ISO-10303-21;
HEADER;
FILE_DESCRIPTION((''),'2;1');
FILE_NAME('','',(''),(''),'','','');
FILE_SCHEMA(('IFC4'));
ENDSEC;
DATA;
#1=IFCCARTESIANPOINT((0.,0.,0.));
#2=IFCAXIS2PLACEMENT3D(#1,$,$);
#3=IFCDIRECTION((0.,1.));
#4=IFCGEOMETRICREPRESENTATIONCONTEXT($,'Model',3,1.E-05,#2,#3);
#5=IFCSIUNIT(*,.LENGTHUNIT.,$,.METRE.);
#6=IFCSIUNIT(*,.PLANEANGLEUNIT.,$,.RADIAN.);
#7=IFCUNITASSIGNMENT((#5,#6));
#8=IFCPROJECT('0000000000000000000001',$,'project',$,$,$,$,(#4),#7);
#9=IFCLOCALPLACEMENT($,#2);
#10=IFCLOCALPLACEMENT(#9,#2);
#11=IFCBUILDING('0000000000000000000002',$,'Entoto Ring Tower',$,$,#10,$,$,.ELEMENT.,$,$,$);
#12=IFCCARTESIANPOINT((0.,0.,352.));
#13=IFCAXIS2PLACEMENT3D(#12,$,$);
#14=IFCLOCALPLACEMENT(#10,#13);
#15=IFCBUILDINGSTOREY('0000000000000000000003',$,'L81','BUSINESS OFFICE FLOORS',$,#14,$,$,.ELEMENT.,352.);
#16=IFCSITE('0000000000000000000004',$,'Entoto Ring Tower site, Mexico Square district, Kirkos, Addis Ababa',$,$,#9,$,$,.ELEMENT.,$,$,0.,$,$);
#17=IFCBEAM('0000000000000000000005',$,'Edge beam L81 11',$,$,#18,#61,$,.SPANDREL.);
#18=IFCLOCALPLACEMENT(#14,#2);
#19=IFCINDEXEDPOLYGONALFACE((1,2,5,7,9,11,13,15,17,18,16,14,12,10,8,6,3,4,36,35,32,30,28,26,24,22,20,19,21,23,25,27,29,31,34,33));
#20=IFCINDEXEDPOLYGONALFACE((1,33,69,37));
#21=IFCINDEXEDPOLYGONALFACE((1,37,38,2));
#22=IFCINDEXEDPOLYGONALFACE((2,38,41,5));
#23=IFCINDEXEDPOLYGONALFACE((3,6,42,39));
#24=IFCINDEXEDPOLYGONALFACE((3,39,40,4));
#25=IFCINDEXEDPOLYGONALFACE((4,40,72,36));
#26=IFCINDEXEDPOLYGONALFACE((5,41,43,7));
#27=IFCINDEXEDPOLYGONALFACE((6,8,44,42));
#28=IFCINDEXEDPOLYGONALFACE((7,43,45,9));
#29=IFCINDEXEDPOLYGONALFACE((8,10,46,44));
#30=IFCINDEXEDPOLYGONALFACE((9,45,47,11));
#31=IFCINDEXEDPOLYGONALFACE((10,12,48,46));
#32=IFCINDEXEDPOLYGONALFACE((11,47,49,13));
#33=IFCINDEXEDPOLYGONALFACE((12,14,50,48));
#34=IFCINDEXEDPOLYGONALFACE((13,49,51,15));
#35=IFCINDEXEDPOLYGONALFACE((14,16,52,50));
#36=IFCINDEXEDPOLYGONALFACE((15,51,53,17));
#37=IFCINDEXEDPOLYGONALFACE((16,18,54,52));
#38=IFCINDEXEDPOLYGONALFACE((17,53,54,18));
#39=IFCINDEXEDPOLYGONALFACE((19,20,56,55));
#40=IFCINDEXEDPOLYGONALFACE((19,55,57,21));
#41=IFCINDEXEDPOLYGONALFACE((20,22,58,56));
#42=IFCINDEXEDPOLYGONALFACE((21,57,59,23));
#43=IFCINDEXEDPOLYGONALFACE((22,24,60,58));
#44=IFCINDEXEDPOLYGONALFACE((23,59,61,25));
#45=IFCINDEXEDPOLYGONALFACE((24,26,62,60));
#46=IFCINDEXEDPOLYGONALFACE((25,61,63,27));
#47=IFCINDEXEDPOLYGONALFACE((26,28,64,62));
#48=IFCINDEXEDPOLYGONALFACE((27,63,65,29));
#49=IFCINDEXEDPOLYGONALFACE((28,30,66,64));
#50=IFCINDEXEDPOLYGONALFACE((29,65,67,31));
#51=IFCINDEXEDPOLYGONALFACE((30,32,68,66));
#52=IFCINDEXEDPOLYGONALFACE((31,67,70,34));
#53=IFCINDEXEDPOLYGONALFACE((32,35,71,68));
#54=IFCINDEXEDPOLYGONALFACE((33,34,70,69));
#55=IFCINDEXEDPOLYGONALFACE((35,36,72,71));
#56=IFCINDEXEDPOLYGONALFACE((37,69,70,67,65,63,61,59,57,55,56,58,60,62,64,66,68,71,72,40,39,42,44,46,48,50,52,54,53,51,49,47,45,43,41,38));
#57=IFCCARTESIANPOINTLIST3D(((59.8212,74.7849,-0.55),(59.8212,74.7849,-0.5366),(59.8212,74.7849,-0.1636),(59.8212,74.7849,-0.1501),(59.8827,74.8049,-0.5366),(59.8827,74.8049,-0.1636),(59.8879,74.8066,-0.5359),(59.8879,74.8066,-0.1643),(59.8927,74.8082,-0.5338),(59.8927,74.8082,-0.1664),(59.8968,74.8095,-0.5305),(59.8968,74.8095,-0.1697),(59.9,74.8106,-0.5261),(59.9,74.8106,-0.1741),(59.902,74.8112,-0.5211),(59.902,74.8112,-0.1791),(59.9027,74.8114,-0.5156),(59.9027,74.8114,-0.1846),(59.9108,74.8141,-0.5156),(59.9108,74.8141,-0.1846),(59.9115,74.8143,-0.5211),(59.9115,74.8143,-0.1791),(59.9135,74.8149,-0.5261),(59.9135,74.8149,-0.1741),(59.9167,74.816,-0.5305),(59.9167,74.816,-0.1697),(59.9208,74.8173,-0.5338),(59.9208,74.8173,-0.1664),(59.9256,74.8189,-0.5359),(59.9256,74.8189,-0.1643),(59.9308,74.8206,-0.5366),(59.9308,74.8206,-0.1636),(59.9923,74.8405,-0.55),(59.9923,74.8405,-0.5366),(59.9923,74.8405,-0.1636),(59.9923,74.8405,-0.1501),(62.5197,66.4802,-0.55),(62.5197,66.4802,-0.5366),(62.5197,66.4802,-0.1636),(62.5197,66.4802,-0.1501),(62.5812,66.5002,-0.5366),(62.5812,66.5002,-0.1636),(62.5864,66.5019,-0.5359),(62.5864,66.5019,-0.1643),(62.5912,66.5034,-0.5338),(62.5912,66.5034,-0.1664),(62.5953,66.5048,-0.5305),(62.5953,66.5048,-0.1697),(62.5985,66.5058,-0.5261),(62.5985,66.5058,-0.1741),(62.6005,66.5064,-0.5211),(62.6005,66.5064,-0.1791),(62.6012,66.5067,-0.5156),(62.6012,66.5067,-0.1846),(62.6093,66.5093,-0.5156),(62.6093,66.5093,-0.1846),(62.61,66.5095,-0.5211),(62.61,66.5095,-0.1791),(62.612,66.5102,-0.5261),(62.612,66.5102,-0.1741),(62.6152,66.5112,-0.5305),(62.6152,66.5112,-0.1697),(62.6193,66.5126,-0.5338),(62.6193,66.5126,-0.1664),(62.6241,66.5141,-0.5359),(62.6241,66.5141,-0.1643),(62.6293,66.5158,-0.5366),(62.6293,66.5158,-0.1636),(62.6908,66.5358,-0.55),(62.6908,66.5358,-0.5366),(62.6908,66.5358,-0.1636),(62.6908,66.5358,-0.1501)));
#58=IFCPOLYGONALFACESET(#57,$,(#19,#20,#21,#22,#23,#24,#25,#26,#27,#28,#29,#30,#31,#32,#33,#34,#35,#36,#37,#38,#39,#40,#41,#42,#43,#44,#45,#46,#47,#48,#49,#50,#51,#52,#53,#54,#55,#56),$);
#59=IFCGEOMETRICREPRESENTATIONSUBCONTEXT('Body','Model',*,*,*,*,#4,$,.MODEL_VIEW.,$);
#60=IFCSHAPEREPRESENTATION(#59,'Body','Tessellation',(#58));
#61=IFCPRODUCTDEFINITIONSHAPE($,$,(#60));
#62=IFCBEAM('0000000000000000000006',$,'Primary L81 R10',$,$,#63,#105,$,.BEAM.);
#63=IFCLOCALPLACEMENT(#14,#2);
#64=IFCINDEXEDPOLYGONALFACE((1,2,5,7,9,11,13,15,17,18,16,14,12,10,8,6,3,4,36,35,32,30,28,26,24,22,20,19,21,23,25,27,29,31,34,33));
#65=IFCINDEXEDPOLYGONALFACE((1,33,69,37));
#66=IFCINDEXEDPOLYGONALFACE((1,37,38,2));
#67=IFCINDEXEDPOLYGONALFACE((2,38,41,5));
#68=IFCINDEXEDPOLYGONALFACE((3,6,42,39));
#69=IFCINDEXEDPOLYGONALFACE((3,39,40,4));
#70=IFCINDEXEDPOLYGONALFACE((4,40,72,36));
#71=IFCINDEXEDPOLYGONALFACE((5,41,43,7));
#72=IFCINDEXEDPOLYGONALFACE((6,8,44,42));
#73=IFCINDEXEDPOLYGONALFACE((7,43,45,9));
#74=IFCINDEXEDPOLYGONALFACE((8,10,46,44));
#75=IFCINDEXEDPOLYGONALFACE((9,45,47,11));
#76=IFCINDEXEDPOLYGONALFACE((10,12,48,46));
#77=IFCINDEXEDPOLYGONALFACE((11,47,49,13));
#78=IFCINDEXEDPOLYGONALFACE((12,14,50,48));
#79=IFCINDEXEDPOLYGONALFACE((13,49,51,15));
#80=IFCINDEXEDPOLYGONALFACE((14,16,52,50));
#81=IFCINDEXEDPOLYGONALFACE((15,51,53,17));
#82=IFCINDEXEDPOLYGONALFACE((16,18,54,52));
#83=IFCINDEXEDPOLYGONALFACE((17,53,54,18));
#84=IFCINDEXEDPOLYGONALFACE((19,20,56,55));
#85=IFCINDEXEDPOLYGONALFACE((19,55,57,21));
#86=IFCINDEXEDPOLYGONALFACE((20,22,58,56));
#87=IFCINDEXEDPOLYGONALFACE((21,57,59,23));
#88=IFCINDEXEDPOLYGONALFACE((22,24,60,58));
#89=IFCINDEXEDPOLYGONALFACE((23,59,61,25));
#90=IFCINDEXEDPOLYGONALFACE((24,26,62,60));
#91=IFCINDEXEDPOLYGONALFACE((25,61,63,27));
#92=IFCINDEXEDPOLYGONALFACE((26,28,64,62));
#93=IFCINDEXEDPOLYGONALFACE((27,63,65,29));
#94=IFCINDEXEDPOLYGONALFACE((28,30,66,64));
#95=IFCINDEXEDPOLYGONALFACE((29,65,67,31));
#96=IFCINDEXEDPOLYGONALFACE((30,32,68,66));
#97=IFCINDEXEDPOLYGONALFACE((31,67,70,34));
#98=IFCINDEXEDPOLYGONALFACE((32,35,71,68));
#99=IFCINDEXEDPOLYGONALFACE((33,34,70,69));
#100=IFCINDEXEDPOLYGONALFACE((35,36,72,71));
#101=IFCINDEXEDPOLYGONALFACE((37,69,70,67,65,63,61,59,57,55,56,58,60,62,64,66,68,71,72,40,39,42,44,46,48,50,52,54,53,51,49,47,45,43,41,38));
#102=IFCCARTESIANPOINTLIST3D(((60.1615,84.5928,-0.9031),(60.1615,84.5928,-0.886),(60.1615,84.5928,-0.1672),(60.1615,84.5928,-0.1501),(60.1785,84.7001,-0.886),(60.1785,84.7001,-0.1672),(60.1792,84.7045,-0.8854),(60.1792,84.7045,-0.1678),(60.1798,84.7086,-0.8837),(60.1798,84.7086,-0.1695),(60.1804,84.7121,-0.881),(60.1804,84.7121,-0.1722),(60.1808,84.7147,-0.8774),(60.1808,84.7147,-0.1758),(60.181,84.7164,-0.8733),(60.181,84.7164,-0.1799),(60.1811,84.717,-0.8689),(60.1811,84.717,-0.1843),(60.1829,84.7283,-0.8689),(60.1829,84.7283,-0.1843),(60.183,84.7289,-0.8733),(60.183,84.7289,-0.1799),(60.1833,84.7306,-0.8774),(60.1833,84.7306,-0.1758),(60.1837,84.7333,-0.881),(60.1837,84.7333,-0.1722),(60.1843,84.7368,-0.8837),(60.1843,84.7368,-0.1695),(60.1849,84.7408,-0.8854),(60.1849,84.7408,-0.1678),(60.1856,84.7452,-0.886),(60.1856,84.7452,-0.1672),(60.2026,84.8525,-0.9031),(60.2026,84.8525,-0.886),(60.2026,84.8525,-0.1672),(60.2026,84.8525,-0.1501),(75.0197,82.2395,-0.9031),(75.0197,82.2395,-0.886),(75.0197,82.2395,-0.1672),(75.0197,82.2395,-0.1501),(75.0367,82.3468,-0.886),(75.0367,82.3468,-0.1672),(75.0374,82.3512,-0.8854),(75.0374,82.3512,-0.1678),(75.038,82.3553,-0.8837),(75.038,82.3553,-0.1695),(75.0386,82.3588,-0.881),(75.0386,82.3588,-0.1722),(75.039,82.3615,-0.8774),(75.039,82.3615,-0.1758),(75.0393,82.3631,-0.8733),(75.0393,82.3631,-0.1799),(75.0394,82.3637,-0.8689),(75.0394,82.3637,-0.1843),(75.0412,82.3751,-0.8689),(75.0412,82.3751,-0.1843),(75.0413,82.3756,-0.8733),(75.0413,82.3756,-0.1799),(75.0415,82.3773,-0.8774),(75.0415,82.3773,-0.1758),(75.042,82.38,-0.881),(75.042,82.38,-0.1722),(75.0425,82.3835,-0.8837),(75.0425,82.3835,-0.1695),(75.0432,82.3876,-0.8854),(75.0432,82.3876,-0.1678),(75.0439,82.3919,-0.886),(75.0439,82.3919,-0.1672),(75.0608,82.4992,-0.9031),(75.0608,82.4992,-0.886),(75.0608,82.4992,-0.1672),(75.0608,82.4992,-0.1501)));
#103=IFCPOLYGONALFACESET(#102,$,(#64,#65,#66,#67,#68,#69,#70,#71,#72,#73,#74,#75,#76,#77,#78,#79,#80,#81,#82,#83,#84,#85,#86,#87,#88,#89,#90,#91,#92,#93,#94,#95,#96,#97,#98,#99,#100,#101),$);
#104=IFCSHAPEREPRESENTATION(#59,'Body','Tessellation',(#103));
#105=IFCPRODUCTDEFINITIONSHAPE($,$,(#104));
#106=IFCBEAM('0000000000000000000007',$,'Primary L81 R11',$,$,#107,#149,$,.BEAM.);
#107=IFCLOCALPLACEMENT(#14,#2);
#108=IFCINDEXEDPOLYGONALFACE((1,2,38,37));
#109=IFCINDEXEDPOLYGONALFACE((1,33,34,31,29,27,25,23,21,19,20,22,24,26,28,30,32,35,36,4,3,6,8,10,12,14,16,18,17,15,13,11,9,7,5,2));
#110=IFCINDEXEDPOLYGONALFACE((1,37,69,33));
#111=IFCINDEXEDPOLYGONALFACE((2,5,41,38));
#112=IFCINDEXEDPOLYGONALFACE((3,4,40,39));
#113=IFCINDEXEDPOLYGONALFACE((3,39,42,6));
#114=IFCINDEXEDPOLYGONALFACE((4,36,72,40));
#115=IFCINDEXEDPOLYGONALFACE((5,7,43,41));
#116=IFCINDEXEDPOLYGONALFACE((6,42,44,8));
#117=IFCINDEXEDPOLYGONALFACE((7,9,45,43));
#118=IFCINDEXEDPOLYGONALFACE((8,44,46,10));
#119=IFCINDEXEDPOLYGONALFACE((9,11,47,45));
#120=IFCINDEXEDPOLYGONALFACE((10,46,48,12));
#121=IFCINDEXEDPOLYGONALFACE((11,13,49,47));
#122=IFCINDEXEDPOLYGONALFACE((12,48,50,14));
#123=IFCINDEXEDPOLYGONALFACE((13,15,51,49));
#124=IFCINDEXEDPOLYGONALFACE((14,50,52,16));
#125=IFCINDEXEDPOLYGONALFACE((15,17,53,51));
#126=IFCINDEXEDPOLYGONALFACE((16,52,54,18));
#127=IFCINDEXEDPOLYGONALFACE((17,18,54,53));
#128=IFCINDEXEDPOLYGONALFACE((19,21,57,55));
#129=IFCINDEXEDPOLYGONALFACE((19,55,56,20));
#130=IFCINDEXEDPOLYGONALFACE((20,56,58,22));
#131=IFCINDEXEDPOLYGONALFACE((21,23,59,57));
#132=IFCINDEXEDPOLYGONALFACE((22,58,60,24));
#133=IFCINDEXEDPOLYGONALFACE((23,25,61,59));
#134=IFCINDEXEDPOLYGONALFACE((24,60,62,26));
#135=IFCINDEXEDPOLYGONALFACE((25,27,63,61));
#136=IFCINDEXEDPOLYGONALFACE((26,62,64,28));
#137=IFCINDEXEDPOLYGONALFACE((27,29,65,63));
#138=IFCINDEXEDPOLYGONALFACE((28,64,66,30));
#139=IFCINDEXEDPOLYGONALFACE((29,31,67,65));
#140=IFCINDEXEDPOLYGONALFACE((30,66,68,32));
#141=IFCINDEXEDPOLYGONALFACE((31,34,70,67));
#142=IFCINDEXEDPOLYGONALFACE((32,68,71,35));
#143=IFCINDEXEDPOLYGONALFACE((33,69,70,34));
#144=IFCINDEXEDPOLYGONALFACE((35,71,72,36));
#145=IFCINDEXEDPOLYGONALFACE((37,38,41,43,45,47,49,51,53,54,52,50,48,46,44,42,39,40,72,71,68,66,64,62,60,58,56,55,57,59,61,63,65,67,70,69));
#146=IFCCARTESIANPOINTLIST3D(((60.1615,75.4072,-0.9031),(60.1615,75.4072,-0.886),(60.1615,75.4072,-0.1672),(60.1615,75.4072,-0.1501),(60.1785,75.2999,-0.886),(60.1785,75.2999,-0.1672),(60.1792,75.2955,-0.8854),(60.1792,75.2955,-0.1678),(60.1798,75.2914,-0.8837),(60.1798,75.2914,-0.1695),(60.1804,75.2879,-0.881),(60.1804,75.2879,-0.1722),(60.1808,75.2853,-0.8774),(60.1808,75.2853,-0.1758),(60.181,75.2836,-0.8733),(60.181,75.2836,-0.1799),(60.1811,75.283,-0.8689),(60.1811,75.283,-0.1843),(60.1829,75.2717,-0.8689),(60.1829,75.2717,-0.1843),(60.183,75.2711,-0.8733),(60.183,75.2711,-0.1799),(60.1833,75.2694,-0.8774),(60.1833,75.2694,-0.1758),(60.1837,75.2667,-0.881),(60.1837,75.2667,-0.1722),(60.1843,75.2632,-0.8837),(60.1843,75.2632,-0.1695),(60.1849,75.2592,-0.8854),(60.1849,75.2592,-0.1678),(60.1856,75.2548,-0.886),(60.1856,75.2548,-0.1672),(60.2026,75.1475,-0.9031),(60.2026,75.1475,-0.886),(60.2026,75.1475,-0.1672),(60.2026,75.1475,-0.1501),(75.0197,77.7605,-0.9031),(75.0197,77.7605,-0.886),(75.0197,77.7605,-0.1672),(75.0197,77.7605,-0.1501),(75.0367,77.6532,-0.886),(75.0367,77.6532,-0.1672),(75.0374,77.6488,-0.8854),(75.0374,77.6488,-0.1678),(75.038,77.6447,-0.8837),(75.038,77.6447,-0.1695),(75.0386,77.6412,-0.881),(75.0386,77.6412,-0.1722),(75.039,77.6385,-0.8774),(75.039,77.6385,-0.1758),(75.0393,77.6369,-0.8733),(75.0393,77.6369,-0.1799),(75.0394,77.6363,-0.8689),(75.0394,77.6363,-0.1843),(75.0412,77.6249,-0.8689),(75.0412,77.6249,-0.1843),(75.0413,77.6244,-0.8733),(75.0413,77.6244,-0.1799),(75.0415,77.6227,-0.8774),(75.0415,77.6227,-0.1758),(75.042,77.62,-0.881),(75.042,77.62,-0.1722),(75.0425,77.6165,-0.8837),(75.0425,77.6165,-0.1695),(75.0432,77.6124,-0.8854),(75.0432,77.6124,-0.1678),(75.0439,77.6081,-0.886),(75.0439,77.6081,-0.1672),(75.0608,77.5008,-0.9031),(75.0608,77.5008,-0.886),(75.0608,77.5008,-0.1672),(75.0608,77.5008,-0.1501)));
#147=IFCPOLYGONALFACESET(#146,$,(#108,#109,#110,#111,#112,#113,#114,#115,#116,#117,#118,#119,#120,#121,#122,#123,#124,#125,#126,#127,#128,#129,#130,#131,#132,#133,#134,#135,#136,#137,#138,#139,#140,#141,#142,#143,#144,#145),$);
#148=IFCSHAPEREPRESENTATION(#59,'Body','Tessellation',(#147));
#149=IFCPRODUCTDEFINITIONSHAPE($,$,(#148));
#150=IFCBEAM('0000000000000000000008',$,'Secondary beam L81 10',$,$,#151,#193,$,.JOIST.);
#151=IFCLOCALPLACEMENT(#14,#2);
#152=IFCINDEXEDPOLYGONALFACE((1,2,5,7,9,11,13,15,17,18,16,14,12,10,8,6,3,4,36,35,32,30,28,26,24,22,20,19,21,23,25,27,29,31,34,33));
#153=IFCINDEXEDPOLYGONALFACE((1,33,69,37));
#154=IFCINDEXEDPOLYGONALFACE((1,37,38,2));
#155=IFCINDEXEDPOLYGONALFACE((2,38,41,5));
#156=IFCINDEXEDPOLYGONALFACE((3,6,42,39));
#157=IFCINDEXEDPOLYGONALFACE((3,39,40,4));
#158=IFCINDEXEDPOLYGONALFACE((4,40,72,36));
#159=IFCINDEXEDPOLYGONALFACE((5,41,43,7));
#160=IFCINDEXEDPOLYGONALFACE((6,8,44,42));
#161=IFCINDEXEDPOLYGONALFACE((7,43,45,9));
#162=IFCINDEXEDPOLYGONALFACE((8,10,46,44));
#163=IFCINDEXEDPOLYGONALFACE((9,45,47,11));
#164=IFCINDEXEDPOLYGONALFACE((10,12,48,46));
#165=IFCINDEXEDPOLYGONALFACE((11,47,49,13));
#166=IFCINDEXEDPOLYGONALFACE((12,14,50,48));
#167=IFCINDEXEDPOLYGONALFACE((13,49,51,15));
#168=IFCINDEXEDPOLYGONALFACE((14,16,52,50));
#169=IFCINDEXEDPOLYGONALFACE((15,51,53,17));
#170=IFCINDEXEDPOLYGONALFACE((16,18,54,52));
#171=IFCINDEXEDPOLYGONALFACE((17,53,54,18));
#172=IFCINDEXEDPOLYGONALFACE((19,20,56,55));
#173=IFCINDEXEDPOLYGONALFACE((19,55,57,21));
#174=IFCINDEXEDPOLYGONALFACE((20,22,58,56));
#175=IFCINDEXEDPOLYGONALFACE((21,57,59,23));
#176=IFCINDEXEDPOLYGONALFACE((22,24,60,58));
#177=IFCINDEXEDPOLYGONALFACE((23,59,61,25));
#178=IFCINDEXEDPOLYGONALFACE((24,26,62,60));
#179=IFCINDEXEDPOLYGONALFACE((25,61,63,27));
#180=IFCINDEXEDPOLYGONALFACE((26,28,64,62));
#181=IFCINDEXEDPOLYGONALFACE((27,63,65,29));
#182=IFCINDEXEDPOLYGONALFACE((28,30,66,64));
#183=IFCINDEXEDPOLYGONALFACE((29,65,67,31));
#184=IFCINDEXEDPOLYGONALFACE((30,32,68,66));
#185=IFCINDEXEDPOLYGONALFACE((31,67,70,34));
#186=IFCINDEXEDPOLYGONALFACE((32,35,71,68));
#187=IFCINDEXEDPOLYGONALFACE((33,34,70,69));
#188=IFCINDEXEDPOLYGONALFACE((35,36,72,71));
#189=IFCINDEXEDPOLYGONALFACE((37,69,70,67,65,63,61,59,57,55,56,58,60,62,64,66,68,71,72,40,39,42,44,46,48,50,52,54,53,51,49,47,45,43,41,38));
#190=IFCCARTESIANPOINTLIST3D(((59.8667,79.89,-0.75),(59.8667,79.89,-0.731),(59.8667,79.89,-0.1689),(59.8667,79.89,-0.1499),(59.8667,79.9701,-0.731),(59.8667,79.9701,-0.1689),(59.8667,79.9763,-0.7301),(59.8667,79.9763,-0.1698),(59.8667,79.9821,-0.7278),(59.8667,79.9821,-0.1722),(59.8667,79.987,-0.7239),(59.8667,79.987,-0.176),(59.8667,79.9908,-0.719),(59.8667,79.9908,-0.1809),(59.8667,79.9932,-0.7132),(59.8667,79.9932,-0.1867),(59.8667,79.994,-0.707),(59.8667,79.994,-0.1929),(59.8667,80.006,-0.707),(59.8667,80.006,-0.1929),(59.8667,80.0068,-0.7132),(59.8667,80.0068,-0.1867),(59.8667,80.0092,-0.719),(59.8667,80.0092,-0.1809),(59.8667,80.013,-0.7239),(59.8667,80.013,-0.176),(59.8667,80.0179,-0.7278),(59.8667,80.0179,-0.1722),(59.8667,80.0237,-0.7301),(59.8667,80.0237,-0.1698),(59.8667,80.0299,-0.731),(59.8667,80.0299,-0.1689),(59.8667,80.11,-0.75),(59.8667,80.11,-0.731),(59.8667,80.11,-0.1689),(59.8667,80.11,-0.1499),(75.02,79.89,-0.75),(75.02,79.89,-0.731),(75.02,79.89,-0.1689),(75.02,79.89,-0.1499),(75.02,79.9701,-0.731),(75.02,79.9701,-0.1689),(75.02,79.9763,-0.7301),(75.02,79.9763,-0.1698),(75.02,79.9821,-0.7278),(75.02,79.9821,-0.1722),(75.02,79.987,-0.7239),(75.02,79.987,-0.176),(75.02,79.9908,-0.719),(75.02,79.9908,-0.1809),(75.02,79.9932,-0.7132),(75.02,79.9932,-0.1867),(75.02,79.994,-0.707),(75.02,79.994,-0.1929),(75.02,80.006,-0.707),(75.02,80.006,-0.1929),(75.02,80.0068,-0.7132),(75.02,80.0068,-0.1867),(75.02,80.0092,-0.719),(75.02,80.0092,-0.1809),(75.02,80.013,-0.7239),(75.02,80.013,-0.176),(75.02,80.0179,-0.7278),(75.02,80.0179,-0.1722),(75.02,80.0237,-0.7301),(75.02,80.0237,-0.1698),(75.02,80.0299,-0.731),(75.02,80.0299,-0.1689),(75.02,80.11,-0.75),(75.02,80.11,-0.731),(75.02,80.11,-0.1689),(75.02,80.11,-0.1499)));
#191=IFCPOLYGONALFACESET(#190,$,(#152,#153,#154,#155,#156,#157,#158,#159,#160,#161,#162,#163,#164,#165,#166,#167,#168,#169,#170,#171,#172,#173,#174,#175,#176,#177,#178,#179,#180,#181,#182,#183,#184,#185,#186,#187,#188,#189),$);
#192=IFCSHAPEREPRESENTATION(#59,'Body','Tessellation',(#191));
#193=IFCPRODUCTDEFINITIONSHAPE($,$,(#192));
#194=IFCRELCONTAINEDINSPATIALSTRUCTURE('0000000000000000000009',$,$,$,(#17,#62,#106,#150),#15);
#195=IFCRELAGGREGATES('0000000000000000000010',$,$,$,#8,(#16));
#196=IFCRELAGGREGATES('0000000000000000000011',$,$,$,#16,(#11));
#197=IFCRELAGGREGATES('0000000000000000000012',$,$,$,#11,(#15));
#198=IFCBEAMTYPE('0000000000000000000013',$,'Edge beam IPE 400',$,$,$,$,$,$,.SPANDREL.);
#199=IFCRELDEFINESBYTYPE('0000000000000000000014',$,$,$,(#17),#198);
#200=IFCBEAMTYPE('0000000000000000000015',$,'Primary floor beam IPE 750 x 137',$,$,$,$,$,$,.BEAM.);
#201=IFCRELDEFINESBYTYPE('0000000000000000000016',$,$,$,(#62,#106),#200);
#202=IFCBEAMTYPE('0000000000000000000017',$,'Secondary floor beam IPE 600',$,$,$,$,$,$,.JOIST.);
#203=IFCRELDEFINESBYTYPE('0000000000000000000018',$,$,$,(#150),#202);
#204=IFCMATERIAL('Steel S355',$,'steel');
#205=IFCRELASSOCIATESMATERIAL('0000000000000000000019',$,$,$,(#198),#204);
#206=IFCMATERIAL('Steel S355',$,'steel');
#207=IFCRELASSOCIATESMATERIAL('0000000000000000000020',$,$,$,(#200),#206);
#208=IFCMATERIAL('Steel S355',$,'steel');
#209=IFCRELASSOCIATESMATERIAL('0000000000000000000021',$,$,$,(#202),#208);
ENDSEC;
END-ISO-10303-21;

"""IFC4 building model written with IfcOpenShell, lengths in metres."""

from ifc_helpers import new_model, si_unit, direction, frame, origin, origin_2d, place, context, subcontext, project, spatial, i_section, extrude, material, material_profile, profile_set, type_object, element, save


model = new_model("IFC4")

# Units and contexts
model_context = context("Model", 3, precision=1e-05, world=origin(), true_north=direction((0.0, 1.0)))
body_context = subcontext(model_context, "Body", "Model", "MODEL_VIEW")
ifc_project = project(units=[si_unit("LENGTHUNIT", "METRE"), si_unit("PLANEANGLEUNIT", "RADIAN")], contexts=[model_context])

# Site, building, storey
site_placement = place(None, origin())
site = spatial("IfcSite", under=ifc_project, at=site_placement, Name="Entoto Ring Tower site, Mexico Square district, Kirkos, Addis Ababa", CompositionType="ELEMENT", RefElevation=0.0)
building_placement = place(site_placement, origin())
building = spatial("IfcBuilding", under=site, at=building_placement, Name="Entoto Ring Tower", CompositionType="ELEMENT")
storey_placement = place(building_placement, frame((0.0, 0.0, 352.0)))
storey = spatial("IfcBuildingStorey", under=building, at=storey_placement, Name="L81", Description="BUSINESS OFFICE FLOORS", CompositionType="ELEMENT", Elevation=352.0)

# Beams
ifc_material_1 = material(Name="Steel S355", Category="steel")
ifc_material_profile_1 = material_profile(ifc_material_1, i_section(OverallWidth=0.1799, OverallDepth=0.3999, WebThickness=0.0085, FlangeThickness=0.0134, FilletRadius=0.021, at=origin_2d()), Name="IPE 400")
ifc_profile_set_1 = profile_set([ifc_material_profile_1], Name="Steel S355")
beam_type_1 = type_object("IfcBeamType", Name="Edge beam IPE 400", PredefinedType="SPANDREL", material=ifc_profile_set_1)
beam_1_placement = place(storey_placement, frame((59.9067, 74.8127, -0.3501), z_axis=(0.30903, -0.951052, 0.0), x_axis=(0.951052, 0.30903, 0.0)))
element("IfcBeam", 1, at=beam_1_placement, inside=storey, type_object=beam_type_1, Name="Edge beam L81 11", PredefinedType="SPANDREL", context=body_context, shape_type="SweptSolid", body=[
    extrude(i_section(OverallWidth=0.1799, OverallDepth=0.3999, WebThickness=0.0085, FlangeThickness=0.0134, FilletRadius=0.021, at=origin_2d()), origin(), (0.0, 0.0, 1.0), 8.7322),
])
ifc_material_2 = material(Name="Steel S355", Category="steel")
ifc_material_profile_2 = material_profile(ifc_material_2, i_section(OverallWidth=0.2629, OverallDepth=0.7529, WebThickness=0.0115, FlangeThickness=0.0171, FilletRadius=0.0171, at=origin_2d()), Name="IPE 750 x 137")
ifc_profile_set_2 = profile_set([ifc_material_profile_2], Name="Steel S355")
beam_type_2 = type_object("IfcBeamType", Name="Primary floor beam IPE 750 x 137", PredefinedType="BEAM", material=ifc_profile_set_2)
for number, where, z_axis, x_axis, name in (
    (2, (75.0403, 82.3694, -0.5266), (-0.987689, 0.156433, 0.0), (-0.156433, -0.987689, 0.0), "Primary L81 R10"),
    (3, (75.0403, 77.6306, -0.5266), (-0.987689, -0.156433, 0.0), (0.156433, -0.987689, 0.0), "Primary L81 R11"),
):
    element("IfcBeam", number, at=place(storey_placement, frame(where, z_axis=z_axis, x_axis=x_axis)), inside=storey, type_object=beam_type_2, Name=name, PredefinedType="BEAM", context=body_context, shape_type="SweptSolid", body=[
        extrude(i_section(OverallWidth=0.2629, OverallDepth=0.7529, WebThickness=0.0115, FlangeThickness=0.0171, FilletRadius=0.0171, at=origin_2d()), origin(), (0.0, 0.0, 1.0), 15.0435),
    ])
ifc_material_3 = material(Name="Steel S355", Category="steel")
ifc_material_profile_3 = material_profile(ifc_material_3, i_section(OverallWidth=0.22, OverallDepth=0.6001, WebThickness=0.012, FlangeThickness=0.019, FilletRadius=0.0239, at=origin_2d()), Name="IPE 600")
ifc_profile_set_3 = profile_set([ifc_material_profile_3], Name="Steel S355")
beam_type_3 = type_object("IfcBeamType", Name="Secondary floor beam IPE 600", PredefinedType="JOIST", material=ifc_profile_set_3)
beam_2_placement = place(storey_placement, frame((75.02, 80.0, -0.45), z_axis=(-1.0, 0.0, 0.0), x_axis=(0.0, -1.0, 0.0)))
element("IfcBeam", 4, at=beam_2_placement, inside=storey, type_object=beam_type_3, Name="Secondary beam L81 10", PredefinedType="JOIST", context=body_context, shape_type="SweptSolid", body=[
    extrude(i_section(OverallWidth=0.22, OverallDepth=0.6001, WebThickness=0.012, FlangeThickness=0.019, FilletRadius=0.0239, at=origin_2d()), origin(), (0.0, 0.0, 1.0), 15.1533),
])

save(model, "model.ifc")
